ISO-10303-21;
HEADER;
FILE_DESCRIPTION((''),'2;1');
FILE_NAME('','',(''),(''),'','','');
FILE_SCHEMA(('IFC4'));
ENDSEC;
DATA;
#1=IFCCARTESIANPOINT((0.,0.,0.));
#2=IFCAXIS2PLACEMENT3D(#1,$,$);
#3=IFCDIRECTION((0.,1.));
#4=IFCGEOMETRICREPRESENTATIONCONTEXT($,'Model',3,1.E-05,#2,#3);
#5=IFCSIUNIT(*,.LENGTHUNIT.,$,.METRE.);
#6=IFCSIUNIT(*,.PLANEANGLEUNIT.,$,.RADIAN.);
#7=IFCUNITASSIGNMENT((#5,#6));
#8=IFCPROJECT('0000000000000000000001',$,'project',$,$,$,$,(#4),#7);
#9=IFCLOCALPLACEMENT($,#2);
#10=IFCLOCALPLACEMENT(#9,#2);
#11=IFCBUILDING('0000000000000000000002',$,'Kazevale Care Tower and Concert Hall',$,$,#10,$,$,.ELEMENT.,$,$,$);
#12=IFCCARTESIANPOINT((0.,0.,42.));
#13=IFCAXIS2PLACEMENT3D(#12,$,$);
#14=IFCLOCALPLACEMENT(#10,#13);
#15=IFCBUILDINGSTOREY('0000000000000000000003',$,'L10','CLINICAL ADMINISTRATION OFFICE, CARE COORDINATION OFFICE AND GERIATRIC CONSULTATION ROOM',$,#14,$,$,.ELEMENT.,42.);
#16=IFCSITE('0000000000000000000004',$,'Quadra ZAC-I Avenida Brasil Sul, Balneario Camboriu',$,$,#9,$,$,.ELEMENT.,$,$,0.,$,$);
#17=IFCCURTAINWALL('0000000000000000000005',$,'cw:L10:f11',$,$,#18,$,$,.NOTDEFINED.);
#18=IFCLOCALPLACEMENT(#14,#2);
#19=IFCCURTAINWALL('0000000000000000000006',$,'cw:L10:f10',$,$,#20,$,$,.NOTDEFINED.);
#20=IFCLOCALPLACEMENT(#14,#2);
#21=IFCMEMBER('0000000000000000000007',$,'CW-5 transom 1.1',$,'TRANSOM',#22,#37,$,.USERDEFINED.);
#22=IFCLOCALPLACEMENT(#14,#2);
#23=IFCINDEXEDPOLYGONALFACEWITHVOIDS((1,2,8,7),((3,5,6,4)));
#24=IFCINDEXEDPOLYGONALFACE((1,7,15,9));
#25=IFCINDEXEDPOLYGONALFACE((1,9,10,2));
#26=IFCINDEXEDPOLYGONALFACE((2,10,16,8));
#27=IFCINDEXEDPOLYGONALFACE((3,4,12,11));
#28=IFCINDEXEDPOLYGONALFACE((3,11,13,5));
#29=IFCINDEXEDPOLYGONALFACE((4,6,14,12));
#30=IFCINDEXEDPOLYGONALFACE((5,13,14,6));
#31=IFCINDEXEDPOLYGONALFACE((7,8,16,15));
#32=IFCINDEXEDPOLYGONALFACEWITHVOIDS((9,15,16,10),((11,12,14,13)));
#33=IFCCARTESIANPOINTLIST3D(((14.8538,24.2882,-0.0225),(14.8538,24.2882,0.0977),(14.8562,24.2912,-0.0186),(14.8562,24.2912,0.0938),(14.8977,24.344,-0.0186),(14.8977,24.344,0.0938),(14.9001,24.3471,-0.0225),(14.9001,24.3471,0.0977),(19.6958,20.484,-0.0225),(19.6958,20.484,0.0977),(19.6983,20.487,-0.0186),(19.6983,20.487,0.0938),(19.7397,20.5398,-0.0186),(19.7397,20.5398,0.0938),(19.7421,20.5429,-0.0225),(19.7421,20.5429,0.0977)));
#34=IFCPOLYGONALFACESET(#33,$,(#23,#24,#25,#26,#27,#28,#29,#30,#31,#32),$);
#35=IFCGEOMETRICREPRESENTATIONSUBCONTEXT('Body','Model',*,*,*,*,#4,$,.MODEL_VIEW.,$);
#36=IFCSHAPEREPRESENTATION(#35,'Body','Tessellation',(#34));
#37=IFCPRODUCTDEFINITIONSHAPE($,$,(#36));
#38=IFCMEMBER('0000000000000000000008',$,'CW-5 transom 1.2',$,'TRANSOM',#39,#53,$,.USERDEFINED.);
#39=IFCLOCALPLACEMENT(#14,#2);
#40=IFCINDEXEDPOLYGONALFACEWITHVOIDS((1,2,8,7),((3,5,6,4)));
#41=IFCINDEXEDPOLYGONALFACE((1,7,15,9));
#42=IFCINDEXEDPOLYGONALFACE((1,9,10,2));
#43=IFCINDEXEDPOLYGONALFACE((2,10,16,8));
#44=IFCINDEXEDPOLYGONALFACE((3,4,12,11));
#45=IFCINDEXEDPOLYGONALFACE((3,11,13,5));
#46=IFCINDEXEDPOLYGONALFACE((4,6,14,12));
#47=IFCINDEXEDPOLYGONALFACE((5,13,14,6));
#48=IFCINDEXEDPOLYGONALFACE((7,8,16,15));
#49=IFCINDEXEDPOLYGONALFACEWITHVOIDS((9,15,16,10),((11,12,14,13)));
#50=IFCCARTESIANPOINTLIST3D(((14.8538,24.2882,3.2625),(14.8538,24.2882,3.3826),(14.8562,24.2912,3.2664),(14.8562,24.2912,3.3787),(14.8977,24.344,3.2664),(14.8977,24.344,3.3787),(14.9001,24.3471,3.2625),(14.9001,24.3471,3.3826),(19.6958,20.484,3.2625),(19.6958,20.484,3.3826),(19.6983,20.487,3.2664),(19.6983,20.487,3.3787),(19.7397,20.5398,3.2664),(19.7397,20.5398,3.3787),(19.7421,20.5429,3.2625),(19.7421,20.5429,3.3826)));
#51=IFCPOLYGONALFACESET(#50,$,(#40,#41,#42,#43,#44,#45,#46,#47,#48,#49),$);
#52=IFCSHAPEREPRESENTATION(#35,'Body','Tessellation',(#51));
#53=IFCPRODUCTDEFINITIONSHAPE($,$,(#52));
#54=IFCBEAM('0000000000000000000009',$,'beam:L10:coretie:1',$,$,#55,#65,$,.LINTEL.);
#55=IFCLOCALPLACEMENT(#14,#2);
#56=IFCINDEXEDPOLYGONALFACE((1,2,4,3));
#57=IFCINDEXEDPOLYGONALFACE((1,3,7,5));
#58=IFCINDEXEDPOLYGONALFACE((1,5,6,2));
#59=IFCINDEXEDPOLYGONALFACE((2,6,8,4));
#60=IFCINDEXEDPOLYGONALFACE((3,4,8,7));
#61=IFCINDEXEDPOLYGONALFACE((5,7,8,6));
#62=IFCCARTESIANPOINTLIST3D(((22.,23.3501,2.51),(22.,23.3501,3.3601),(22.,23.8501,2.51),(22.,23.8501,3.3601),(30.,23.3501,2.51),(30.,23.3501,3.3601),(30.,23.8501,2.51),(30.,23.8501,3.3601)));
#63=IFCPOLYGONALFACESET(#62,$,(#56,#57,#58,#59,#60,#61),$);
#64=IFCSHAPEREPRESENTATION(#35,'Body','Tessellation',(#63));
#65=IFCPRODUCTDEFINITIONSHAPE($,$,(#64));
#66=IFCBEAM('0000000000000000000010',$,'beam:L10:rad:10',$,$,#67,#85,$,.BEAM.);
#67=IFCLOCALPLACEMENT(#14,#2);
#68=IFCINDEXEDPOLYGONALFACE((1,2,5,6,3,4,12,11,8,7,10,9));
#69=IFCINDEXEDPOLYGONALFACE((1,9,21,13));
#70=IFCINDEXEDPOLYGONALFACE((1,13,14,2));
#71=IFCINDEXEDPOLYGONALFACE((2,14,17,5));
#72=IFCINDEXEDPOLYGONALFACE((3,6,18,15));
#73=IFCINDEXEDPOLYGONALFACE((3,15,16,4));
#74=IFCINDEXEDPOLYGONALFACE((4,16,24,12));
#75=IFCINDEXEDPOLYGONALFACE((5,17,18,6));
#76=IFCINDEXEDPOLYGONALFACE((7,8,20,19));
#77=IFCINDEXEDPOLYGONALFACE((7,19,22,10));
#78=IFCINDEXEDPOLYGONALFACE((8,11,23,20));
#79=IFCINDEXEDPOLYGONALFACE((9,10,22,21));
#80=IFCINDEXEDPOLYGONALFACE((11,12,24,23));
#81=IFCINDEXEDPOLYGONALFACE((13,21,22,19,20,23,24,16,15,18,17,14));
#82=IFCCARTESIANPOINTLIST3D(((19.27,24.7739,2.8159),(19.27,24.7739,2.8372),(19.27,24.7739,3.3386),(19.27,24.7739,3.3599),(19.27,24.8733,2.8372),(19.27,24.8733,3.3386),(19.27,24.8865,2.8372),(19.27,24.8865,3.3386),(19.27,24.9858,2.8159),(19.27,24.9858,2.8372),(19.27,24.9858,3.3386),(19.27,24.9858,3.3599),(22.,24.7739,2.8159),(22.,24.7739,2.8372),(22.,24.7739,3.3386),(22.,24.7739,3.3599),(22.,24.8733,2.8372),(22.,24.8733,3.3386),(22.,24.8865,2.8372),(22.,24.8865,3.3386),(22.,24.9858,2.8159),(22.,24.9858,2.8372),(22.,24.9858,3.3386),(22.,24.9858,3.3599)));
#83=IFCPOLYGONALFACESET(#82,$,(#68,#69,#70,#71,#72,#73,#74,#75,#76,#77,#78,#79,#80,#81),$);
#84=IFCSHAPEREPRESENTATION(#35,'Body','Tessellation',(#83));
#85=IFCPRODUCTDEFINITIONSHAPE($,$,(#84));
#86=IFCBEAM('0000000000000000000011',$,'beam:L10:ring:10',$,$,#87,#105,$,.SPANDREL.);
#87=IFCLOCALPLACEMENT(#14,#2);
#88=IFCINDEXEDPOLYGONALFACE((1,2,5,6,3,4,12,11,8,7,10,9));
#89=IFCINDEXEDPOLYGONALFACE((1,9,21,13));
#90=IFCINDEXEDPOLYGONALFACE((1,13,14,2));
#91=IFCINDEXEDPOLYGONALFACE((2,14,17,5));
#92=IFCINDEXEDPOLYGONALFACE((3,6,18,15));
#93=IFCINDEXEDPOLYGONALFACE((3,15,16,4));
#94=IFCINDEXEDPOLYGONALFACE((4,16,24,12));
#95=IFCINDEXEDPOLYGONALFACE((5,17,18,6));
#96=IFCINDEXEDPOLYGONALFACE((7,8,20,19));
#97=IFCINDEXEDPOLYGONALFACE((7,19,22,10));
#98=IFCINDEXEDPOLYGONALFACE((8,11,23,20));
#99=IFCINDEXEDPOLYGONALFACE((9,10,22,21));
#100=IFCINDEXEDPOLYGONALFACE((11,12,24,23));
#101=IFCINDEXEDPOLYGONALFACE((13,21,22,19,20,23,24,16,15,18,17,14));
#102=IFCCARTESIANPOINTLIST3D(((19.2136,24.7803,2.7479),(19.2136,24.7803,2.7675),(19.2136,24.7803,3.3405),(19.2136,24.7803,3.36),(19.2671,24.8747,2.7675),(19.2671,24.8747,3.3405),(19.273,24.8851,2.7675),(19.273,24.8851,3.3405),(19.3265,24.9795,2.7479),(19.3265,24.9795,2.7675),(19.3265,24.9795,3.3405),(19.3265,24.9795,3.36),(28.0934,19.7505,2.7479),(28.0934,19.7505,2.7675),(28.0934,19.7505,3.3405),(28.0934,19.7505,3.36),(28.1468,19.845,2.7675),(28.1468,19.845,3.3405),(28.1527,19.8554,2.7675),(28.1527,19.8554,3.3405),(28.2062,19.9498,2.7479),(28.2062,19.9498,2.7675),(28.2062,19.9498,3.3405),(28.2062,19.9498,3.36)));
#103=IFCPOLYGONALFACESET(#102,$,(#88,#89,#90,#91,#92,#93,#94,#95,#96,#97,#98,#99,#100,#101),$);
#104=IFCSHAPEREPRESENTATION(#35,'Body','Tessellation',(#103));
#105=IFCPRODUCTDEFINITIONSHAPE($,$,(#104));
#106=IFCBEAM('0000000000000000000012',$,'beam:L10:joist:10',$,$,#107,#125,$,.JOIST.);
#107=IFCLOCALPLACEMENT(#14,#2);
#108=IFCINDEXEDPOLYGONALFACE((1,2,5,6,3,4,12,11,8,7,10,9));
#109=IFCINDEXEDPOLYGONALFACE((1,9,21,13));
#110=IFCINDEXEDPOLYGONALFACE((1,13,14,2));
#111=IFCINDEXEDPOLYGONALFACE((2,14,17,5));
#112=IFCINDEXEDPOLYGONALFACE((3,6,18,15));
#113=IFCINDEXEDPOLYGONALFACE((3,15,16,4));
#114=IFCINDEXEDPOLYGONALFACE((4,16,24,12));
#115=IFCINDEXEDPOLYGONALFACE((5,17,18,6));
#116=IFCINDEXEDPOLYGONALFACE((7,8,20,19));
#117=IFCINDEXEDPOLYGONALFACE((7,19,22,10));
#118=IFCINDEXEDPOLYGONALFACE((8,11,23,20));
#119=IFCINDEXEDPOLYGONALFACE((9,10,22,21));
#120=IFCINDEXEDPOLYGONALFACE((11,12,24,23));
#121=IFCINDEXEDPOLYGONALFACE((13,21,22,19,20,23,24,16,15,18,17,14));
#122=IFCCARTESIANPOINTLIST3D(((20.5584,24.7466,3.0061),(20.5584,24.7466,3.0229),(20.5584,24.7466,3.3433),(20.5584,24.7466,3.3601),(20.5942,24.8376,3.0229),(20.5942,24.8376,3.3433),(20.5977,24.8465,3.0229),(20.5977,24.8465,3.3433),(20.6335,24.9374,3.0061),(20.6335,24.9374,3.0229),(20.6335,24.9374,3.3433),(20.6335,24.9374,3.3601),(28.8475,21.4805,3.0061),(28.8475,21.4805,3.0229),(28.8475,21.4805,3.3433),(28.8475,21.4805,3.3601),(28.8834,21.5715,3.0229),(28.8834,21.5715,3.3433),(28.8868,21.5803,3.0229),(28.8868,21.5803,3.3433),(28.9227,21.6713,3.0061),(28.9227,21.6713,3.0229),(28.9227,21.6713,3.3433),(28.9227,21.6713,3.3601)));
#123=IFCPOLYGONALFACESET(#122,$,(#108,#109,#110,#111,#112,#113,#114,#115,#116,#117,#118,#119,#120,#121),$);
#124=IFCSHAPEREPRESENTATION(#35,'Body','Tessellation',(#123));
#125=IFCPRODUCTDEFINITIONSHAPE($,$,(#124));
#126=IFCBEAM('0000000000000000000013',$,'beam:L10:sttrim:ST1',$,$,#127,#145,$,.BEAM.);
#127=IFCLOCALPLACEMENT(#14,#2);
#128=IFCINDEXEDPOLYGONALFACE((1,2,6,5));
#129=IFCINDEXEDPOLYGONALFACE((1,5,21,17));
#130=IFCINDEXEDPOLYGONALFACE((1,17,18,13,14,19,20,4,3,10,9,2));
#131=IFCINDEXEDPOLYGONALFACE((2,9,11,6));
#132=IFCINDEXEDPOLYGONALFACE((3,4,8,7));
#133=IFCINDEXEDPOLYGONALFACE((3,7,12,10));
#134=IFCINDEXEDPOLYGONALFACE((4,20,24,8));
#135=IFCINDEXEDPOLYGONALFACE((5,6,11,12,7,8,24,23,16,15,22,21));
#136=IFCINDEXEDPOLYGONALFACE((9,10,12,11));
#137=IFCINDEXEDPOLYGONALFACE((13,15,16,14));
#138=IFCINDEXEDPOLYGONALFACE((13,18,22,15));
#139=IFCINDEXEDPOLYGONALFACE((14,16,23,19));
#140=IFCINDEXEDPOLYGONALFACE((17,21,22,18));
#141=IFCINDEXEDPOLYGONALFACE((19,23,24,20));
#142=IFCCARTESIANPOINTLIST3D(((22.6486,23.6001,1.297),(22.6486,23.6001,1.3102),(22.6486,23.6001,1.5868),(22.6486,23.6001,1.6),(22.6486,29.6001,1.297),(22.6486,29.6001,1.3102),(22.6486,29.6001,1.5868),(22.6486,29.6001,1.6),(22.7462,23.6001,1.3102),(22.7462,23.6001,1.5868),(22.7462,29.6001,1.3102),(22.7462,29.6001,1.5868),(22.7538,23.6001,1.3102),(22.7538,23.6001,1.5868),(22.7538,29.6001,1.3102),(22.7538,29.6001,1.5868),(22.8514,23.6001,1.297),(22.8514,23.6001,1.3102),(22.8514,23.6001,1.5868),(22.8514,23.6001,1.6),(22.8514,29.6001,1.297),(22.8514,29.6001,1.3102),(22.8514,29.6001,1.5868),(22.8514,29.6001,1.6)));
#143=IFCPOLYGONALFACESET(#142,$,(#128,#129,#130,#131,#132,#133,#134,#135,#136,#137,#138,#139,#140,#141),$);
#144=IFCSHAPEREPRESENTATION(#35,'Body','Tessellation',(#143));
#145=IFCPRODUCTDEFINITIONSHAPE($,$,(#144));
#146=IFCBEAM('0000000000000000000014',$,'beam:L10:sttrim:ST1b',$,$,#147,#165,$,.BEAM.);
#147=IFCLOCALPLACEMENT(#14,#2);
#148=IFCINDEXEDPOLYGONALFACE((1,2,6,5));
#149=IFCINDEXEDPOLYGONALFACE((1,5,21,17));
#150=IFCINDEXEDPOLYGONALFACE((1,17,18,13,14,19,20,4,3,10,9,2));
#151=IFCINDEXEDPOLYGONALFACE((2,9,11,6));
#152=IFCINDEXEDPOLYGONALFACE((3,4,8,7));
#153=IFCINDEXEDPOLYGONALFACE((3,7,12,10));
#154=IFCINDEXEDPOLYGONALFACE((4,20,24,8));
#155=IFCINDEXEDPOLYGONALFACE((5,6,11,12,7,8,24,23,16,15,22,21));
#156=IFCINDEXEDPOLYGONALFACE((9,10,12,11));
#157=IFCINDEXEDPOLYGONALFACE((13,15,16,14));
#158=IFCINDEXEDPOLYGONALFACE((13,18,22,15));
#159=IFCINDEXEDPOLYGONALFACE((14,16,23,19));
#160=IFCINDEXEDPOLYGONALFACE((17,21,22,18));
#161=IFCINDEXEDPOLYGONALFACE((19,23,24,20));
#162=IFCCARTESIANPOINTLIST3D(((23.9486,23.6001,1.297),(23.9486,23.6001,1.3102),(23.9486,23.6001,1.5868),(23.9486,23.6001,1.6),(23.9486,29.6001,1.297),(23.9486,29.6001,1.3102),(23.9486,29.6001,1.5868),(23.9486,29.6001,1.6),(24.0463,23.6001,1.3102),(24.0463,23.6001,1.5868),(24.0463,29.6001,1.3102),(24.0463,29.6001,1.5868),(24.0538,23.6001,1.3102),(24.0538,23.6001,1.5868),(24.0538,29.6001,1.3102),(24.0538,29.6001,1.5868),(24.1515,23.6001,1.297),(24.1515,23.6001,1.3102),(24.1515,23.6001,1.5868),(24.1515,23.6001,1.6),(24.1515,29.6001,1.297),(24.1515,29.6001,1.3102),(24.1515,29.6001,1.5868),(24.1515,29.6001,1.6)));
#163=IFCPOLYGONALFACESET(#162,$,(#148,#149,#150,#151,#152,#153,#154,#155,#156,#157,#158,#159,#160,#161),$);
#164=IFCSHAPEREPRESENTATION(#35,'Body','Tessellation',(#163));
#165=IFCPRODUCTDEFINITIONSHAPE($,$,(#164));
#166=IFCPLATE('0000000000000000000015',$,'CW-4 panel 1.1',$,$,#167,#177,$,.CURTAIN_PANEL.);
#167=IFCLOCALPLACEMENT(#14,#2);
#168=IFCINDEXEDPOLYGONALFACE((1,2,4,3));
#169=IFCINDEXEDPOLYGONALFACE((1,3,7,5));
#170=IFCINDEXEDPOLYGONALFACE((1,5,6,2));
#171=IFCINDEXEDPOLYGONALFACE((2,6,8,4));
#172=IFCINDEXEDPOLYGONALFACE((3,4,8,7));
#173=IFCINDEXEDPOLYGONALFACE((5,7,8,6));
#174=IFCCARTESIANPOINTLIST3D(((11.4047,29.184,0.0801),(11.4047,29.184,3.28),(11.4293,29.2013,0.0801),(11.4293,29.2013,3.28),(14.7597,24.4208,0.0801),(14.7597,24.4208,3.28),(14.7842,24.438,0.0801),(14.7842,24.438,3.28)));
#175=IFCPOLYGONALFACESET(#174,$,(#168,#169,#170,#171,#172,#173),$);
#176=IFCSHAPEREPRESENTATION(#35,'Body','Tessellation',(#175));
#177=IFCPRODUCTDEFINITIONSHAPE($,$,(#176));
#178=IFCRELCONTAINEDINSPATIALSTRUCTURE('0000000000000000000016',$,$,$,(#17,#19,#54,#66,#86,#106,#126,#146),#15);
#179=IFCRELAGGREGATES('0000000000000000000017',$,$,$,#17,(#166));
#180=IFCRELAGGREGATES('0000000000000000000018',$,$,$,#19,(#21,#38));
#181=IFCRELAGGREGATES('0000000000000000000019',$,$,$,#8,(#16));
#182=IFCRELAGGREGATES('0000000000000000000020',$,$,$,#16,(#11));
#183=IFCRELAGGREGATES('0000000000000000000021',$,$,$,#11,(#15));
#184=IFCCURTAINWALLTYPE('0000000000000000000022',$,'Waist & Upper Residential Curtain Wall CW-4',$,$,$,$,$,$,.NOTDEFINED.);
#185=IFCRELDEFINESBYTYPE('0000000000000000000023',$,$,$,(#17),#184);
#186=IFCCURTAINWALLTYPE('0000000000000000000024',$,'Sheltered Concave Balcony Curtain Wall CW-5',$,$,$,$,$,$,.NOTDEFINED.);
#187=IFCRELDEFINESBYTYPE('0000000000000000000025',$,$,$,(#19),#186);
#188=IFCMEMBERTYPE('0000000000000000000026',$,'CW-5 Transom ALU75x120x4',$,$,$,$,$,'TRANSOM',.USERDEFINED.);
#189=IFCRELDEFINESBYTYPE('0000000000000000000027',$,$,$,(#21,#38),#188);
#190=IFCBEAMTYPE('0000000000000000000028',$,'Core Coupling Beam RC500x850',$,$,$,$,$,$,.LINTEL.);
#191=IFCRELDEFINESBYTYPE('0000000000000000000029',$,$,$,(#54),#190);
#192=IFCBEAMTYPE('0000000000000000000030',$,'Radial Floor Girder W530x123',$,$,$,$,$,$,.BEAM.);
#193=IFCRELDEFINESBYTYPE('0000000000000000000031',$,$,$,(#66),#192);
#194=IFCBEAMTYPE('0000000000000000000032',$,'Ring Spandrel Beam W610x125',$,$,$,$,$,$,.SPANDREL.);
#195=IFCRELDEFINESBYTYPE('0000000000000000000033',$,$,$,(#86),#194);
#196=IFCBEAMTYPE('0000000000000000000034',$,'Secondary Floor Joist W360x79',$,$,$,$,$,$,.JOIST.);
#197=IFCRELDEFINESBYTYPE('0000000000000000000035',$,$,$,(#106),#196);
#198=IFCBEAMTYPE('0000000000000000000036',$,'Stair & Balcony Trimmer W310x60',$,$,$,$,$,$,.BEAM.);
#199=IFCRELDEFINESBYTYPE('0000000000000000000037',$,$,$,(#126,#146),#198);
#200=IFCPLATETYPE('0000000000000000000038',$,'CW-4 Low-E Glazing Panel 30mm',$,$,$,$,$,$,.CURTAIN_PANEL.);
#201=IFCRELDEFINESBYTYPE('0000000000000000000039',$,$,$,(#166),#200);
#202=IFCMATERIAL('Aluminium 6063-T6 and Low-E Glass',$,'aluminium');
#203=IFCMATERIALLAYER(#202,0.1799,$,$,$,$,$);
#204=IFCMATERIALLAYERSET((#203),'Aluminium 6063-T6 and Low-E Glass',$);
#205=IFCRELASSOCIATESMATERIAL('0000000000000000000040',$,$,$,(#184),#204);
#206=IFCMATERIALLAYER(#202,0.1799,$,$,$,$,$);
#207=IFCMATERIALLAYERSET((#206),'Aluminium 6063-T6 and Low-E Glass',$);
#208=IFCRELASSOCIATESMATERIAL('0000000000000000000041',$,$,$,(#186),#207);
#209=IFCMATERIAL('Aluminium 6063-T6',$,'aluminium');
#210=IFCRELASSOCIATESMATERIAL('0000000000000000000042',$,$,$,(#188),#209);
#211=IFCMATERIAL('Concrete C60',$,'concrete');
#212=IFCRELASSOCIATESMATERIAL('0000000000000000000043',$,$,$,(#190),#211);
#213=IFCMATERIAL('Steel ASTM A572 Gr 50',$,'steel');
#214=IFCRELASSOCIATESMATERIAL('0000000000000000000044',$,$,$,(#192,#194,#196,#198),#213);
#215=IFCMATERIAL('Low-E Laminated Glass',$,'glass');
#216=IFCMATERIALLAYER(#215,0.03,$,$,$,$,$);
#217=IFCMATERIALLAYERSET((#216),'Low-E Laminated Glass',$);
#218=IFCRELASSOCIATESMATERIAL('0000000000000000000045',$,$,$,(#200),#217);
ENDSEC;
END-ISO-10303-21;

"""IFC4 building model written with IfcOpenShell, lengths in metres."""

from ifc_helpers import new_model, si_unit, direction, frame, origin, origin_2d, place, context, subcontext, project, spatial, rectangle, hollow_rectangle, i_section, extrude, material, layer, layer_set, material_profile, profile_set, type_object, element, aggregate, save


model = new_model("IFC4")

# Units and contexts
model_context = context("Model", 3, precision=1e-05, world=origin(), true_north=direction((0.0, 1.0)))
body_context = subcontext(model_context, "Body", "Model", "MODEL_VIEW")
ifc_project = project(units=[si_unit("LENGTHUNIT", "METRE"), si_unit("PLANEANGLEUNIT", "RADIAN")], contexts=[model_context])

# Site, building, storey
site_placement = place(None, origin())
site = spatial("IfcSite", under=ifc_project, at=site_placement, Name="Quadra ZAC-I Avenida Brasil Sul, Balneario Camboriu", CompositionType="ELEMENT", RefElevation=0.0)
building_placement = place(site_placement, origin())
building = spatial("IfcBuilding", under=site, at=building_placement, Name="Kazevale Care Tower and Concert Hall", CompositionType="ELEMENT")
storey_placement = place(building_placement, frame((0.0, 0.0, 42.0)))
storey = spatial("IfcBuildingStorey", under=building, at=storey_placement, Name="L10", Description="CLINICAL ADMINISTRATION OFFICE, CARE COORDINATION OFFICE AND GERIATRIC CONSULTATION ROOM", CompositionType="ELEMENT", Elevation=42.0)

# Curtain wall
ifc_material_1 = material(Name="Aluminium 6063-T6 and Low-E Glass", Category="aluminium")
ifc_layer_1 = layer(ifc_material_1, 0.1799)
ifc_layer_set_1 = layer_set([ifc_layer_1], Name="Aluminium 6063-T6 and Low-E Glass")
curtain_wall_type_1 = type_object("IfcCurtainWallType", Name="Waist & Upper Residential Curtain Wall CW-4", PredefinedType="NOTDEFINED", material=ifc_layer_set_1)
curtain_wall_1_placement = place(storey_placement, origin())
curtain_wall_1 = element("IfcCurtainWall", 1, at=curtain_wall_1_placement, inside=storey, type_object=curtain_wall_type_1, Name="cw:L10:f11", PredefinedType="NOTDEFINED")
ifc_material_2 = material(Name="Aluminium 6063-T6", Category="aluminium")

# Shared definitions
ifc_layer_2 = layer(ifc_material_1, 0.1799)
ifc_layer_set_2 = layer_set([ifc_layer_2], Name="Aluminium 6063-T6 and Low-E Glass")
curtain_wall_type_2 = type_object("IfcCurtainWallType", Name="Sheltered Concave Balcony Curtain Wall CW-5", PredefinedType="NOTDEFINED", material=ifc_layer_set_2)

# Curtain wall, members
curtain_wall_2_placement = place(storey_placement, origin())
curtain_wall_2 = element("IfcCurtainWall", 2, at=curtain_wall_2_placement, inside=storey, type_object=curtain_wall_type_2, Name="cw:L10:f10", PredefinedType="NOTDEFINED")
ifc_material_profile_1 = material_profile(ifc_material_2, hollow_rectangle(XDim=0.075, YDim=0.1201, WallThickness=0.0039, at=origin_2d()), Name="ALU75x120x4")
ifc_profile_set_1 = profile_set([ifc_material_profile_1], Name="Aluminium 6063-T6")
member_type_1 = type_object("IfcMemberType", Name="CW-5 Transom ALU75x120x4", ElementType="TRANSOM", PredefinedType="USERDEFINED", material=ifc_profile_set_1)
member_1_placement = place(storey_placement, frame((19.719, 20.5134, 0.0376), z_axis=(-0.786339, 0.617795, 0.0), x_axis=(-0.617795, -0.786339, 0.0)))
member_1 = element("IfcMember", 3, at=member_1_placement, type_object=member_type_1, Name="CW-5 transom 1.1", ObjectType="TRANSOM", PredefinedType="USERDEFINED", context=body_context, shape_type="SweptSolid", body=[
    extrude(hollow_rectangle(XDim=0.075, YDim=0.1201, WallThickness=0.0039, at=origin_2d()), origin(), (0.0, 0.0, 1.0), 6.1577),
])
member_2_placement = place(storey_placement, frame((19.719, 20.5134, 3.3225), z_axis=(-0.786339, 0.617795, 0.0), x_axis=(-0.617795, -0.786339, 0.0)))
member_2 = element("IfcMember", 4, at=member_2_placement, type_object=member_type_1, Name="CW-5 transom 1.2", ObjectType="TRANSOM", PredefinedType="USERDEFINED", context=body_context, shape_type="SweptSolid", body=[
    extrude(hollow_rectangle(XDim=0.075, YDim=0.1201, WallThickness=0.0039, at=origin_2d()), origin(), (0.0, 0.0, 1.0), 6.1577),
])

# Beams
ifc_material_3 = material(Name="Concrete C60", Category="concrete")
ifc_material_profile_2 = material_profile(ifc_material_3, rectangle(XDim=0.5, YDim=0.8501, at=origin_2d()), Name="RC-B500x850")
ifc_profile_set_2 = profile_set([ifc_material_profile_2], Name="Concrete C60")
beam_type_1 = type_object("IfcBeamType", Name="Core Coupling Beam RC500x850", PredefinedType="LINTEL", material=ifc_profile_set_2)
beam_1_placement = place(storey_placement, frame((22.0, 23.6001, 2.9351), z_axis=(1.0, 0.0, 0.0), x_axis=(0.0, 1.0, 0.0)))
element("IfcBeam", 5, at=beam_1_placement, inside=storey, type_object=beam_type_1, Name="beam:L10:coretie:1", PredefinedType="LINTEL", context=body_context, shape_type="SweptSolid", body=[
    extrude(rectangle(XDim=0.5, YDim=0.8501, at=origin_2d()), origin(), (0.0, 0.0, 1.0), 8.0),
])
ifc_material_4 = material(Name="Steel ASTM A572 Gr 50", Category="steel")
ifc_material_profile_3 = material_profile(ifc_material_4, i_section(OverallWidth=0.2119, OverallDepth=0.5439, WebThickness=0.0132, FlangeThickness=0.0212, at=origin_2d()), Name="W530x123")
ifc_profile_set_3 = profile_set([ifc_material_profile_3], Name="Steel ASTM A572 Gr 50")
beam_type_2 = type_object("IfcBeamType", Name="Radial Floor Girder W530x123", PredefinedType="BEAM", material=ifc_profile_set_3)
beam_2_placement = place(storey_placement, frame((22.0, 24.8799, 3.0879), z_axis=(-1.0, 0.0, 0.0), x_axis=(0.0, -1.0, 0.0)))
element("IfcBeam", 6, at=beam_2_placement, inside=storey, type_object=beam_type_2, Name="beam:L10:rad:10", PredefinedType="BEAM", context=body_context, shape_type="SweptSolid", body=[
    extrude(i_section(OverallWidth=0.2119, OverallDepth=0.5439, WebThickness=0.0132, FlangeThickness=0.0212, at=origin_2d()), origin(), (0.0, 0.0, 1.0), 2.73),
])
ifc_material_profile_4 = material_profile(ifc_material_4, i_section(OverallWidth=0.229, OverallDepth=0.6121, WebThickness=0.012, FlangeThickness=0.0195, at=origin_2d()), Name="W610x125")
ifc_profile_set_4 = profile_set([ifc_material_profile_4], Name="Steel ASTM A572 Gr 50")
beam_type_3 = type_object("IfcBeamType", Name="Ring Spandrel Beam W610x125", PredefinedType="SPANDREL", material=ifc_profile_set_4)
beam_3_placement = place(storey_placement, frame((19.27, 24.8799, 3.054), z_axis=(0.870112, -0.492853, 0.0), x_axis=(0.492853, 0.870112, 0.0)))
element("IfcBeam", 7, at=beam_3_placement, inside=storey, type_object=beam_type_3, Name="beam:L10:ring:10", PredefinedType="SPANDREL", context=body_context, shape_type="SweptSolid", body=[
    extrude(i_section(OverallWidth=0.229, OverallDepth=0.6121, WebThickness=0.012, FlangeThickness=0.0195, at=origin_2d()), origin(), (0.0, 0.0, 1.0), 10.2053),
])
ifc_material_profile_5 = material_profile(ifc_material_4, i_section(OverallWidth=0.2051, OverallDepth=0.354, WebThickness=0.0095, FlangeThickness=0.0168, at=origin_2d()), Name="W360x79")
ifc_profile_set_5 = profile_set([ifc_material_profile_5], Name="Steel ASTM A572 Gr 50")
beam_type_4 = type_object("IfcBeamType", Name="Secondary Floor Joist W360x79", PredefinedType="JOIST", material=ifc_profile_set_5)
beam_4_placement = place(storey_placement, frame((20.5959, 24.842, 3.1831), z_axis=(0.930381, -0.366595, 0.0), x_axis=(0.366595, 0.930381, 0.0)))
element("IfcBeam", 8, at=beam_4_placement, inside=storey, type_object=beam_type_4, Name="beam:L10:joist:10", PredefinedType="JOIST", context=body_context, shape_type="SweptSolid", body=[
    extrude(i_section(OverallWidth=0.2051, OverallDepth=0.354, WebThickness=0.0095, FlangeThickness=0.0168, at=origin_2d()), origin(), (0.0, 0.0, 1.0), 8.9094),
])
ifc_material_profile_6 = material_profile(ifc_material_4, i_section(OverallWidth=0.2029, OverallDepth=0.303, WebThickness=0.0076, FlangeThickness=0.0132, at=origin_2d()), Name="W310x60")
ifc_profile_set_6 = profile_set([ifc_material_profile_6], Name="Steel ASTM A572 Gr 50")
beam_type_5 = type_object("IfcBeamType", Name="Stair & Balcony Trimmer W310x60", PredefinedType="BEAM", material=ifc_profile_set_6)
for number, where, z_axis, x_axis, name in (
    (9, (22.75, 23.6001, 1.4485), (0.0, 1.0, 0.0), (-1.0, 0.0, 0.0), "beam:L10:sttrim:ST1"),
    (10, (24.05, 23.6001, 1.4485), (0.0, 1.0, 0.0), (-1.0, 0.0, 0.0), "beam:L10:sttrim:ST1b"),
):
    element("IfcBeam", number, at=place(storey_placement, frame(where, z_axis=z_axis, x_axis=x_axis)), inside=storey, type_object=beam_type_5, Name=name, PredefinedType="BEAM", context=body_context, shape_type="SweptSolid", body=[
        extrude(i_section(OverallWidth=0.2029, OverallDepth=0.303, WebThickness=0.0076, FlangeThickness=0.0132, at=origin_2d()), origin(), (0.0, 0.0, 1.0), 6.0),
    ])

# Plate
ifc_material_5 = material(Name="Low-E Laminated Glass", Category="glass")
ifc_layer_3 = layer(ifc_material_5, 0.03)
ifc_layer_set_3 = layer_set([ifc_layer_3], Name="Low-E Laminated Glass")
plate_type_1 = type_object("IfcPlateType", Name="CW-4 Low-E Glazing Panel 30mm", PredefinedType="CURTAIN_PANEL", material=ifc_layer_set_3)
plate_1_placement = place(storey_placement, frame((13.0945, 26.811, 0.0801), z_axis=(0.0, 0.0, 1.0), x_axis=(-0.575837, 0.817565, 0.0)))
plate_1 = element("IfcPlate", 11, at=plate_1_placement, type_object=plate_type_1, Name="CW-4 panel 1.1", PredefinedType="CURTAIN_PANEL", context=body_context, shape_type="SweptSolid", body=[
    extrude(rectangle(XDim=5.8262, YDim=0.03, at=origin_2d()), origin(), (0.0, 0.0, 1.0), 3.2),
])
aggregate(curtain_wall_1, [plate_1])
aggregate(curtain_wall_2, [member_1, member_2])

save(model, "model.ifc")
